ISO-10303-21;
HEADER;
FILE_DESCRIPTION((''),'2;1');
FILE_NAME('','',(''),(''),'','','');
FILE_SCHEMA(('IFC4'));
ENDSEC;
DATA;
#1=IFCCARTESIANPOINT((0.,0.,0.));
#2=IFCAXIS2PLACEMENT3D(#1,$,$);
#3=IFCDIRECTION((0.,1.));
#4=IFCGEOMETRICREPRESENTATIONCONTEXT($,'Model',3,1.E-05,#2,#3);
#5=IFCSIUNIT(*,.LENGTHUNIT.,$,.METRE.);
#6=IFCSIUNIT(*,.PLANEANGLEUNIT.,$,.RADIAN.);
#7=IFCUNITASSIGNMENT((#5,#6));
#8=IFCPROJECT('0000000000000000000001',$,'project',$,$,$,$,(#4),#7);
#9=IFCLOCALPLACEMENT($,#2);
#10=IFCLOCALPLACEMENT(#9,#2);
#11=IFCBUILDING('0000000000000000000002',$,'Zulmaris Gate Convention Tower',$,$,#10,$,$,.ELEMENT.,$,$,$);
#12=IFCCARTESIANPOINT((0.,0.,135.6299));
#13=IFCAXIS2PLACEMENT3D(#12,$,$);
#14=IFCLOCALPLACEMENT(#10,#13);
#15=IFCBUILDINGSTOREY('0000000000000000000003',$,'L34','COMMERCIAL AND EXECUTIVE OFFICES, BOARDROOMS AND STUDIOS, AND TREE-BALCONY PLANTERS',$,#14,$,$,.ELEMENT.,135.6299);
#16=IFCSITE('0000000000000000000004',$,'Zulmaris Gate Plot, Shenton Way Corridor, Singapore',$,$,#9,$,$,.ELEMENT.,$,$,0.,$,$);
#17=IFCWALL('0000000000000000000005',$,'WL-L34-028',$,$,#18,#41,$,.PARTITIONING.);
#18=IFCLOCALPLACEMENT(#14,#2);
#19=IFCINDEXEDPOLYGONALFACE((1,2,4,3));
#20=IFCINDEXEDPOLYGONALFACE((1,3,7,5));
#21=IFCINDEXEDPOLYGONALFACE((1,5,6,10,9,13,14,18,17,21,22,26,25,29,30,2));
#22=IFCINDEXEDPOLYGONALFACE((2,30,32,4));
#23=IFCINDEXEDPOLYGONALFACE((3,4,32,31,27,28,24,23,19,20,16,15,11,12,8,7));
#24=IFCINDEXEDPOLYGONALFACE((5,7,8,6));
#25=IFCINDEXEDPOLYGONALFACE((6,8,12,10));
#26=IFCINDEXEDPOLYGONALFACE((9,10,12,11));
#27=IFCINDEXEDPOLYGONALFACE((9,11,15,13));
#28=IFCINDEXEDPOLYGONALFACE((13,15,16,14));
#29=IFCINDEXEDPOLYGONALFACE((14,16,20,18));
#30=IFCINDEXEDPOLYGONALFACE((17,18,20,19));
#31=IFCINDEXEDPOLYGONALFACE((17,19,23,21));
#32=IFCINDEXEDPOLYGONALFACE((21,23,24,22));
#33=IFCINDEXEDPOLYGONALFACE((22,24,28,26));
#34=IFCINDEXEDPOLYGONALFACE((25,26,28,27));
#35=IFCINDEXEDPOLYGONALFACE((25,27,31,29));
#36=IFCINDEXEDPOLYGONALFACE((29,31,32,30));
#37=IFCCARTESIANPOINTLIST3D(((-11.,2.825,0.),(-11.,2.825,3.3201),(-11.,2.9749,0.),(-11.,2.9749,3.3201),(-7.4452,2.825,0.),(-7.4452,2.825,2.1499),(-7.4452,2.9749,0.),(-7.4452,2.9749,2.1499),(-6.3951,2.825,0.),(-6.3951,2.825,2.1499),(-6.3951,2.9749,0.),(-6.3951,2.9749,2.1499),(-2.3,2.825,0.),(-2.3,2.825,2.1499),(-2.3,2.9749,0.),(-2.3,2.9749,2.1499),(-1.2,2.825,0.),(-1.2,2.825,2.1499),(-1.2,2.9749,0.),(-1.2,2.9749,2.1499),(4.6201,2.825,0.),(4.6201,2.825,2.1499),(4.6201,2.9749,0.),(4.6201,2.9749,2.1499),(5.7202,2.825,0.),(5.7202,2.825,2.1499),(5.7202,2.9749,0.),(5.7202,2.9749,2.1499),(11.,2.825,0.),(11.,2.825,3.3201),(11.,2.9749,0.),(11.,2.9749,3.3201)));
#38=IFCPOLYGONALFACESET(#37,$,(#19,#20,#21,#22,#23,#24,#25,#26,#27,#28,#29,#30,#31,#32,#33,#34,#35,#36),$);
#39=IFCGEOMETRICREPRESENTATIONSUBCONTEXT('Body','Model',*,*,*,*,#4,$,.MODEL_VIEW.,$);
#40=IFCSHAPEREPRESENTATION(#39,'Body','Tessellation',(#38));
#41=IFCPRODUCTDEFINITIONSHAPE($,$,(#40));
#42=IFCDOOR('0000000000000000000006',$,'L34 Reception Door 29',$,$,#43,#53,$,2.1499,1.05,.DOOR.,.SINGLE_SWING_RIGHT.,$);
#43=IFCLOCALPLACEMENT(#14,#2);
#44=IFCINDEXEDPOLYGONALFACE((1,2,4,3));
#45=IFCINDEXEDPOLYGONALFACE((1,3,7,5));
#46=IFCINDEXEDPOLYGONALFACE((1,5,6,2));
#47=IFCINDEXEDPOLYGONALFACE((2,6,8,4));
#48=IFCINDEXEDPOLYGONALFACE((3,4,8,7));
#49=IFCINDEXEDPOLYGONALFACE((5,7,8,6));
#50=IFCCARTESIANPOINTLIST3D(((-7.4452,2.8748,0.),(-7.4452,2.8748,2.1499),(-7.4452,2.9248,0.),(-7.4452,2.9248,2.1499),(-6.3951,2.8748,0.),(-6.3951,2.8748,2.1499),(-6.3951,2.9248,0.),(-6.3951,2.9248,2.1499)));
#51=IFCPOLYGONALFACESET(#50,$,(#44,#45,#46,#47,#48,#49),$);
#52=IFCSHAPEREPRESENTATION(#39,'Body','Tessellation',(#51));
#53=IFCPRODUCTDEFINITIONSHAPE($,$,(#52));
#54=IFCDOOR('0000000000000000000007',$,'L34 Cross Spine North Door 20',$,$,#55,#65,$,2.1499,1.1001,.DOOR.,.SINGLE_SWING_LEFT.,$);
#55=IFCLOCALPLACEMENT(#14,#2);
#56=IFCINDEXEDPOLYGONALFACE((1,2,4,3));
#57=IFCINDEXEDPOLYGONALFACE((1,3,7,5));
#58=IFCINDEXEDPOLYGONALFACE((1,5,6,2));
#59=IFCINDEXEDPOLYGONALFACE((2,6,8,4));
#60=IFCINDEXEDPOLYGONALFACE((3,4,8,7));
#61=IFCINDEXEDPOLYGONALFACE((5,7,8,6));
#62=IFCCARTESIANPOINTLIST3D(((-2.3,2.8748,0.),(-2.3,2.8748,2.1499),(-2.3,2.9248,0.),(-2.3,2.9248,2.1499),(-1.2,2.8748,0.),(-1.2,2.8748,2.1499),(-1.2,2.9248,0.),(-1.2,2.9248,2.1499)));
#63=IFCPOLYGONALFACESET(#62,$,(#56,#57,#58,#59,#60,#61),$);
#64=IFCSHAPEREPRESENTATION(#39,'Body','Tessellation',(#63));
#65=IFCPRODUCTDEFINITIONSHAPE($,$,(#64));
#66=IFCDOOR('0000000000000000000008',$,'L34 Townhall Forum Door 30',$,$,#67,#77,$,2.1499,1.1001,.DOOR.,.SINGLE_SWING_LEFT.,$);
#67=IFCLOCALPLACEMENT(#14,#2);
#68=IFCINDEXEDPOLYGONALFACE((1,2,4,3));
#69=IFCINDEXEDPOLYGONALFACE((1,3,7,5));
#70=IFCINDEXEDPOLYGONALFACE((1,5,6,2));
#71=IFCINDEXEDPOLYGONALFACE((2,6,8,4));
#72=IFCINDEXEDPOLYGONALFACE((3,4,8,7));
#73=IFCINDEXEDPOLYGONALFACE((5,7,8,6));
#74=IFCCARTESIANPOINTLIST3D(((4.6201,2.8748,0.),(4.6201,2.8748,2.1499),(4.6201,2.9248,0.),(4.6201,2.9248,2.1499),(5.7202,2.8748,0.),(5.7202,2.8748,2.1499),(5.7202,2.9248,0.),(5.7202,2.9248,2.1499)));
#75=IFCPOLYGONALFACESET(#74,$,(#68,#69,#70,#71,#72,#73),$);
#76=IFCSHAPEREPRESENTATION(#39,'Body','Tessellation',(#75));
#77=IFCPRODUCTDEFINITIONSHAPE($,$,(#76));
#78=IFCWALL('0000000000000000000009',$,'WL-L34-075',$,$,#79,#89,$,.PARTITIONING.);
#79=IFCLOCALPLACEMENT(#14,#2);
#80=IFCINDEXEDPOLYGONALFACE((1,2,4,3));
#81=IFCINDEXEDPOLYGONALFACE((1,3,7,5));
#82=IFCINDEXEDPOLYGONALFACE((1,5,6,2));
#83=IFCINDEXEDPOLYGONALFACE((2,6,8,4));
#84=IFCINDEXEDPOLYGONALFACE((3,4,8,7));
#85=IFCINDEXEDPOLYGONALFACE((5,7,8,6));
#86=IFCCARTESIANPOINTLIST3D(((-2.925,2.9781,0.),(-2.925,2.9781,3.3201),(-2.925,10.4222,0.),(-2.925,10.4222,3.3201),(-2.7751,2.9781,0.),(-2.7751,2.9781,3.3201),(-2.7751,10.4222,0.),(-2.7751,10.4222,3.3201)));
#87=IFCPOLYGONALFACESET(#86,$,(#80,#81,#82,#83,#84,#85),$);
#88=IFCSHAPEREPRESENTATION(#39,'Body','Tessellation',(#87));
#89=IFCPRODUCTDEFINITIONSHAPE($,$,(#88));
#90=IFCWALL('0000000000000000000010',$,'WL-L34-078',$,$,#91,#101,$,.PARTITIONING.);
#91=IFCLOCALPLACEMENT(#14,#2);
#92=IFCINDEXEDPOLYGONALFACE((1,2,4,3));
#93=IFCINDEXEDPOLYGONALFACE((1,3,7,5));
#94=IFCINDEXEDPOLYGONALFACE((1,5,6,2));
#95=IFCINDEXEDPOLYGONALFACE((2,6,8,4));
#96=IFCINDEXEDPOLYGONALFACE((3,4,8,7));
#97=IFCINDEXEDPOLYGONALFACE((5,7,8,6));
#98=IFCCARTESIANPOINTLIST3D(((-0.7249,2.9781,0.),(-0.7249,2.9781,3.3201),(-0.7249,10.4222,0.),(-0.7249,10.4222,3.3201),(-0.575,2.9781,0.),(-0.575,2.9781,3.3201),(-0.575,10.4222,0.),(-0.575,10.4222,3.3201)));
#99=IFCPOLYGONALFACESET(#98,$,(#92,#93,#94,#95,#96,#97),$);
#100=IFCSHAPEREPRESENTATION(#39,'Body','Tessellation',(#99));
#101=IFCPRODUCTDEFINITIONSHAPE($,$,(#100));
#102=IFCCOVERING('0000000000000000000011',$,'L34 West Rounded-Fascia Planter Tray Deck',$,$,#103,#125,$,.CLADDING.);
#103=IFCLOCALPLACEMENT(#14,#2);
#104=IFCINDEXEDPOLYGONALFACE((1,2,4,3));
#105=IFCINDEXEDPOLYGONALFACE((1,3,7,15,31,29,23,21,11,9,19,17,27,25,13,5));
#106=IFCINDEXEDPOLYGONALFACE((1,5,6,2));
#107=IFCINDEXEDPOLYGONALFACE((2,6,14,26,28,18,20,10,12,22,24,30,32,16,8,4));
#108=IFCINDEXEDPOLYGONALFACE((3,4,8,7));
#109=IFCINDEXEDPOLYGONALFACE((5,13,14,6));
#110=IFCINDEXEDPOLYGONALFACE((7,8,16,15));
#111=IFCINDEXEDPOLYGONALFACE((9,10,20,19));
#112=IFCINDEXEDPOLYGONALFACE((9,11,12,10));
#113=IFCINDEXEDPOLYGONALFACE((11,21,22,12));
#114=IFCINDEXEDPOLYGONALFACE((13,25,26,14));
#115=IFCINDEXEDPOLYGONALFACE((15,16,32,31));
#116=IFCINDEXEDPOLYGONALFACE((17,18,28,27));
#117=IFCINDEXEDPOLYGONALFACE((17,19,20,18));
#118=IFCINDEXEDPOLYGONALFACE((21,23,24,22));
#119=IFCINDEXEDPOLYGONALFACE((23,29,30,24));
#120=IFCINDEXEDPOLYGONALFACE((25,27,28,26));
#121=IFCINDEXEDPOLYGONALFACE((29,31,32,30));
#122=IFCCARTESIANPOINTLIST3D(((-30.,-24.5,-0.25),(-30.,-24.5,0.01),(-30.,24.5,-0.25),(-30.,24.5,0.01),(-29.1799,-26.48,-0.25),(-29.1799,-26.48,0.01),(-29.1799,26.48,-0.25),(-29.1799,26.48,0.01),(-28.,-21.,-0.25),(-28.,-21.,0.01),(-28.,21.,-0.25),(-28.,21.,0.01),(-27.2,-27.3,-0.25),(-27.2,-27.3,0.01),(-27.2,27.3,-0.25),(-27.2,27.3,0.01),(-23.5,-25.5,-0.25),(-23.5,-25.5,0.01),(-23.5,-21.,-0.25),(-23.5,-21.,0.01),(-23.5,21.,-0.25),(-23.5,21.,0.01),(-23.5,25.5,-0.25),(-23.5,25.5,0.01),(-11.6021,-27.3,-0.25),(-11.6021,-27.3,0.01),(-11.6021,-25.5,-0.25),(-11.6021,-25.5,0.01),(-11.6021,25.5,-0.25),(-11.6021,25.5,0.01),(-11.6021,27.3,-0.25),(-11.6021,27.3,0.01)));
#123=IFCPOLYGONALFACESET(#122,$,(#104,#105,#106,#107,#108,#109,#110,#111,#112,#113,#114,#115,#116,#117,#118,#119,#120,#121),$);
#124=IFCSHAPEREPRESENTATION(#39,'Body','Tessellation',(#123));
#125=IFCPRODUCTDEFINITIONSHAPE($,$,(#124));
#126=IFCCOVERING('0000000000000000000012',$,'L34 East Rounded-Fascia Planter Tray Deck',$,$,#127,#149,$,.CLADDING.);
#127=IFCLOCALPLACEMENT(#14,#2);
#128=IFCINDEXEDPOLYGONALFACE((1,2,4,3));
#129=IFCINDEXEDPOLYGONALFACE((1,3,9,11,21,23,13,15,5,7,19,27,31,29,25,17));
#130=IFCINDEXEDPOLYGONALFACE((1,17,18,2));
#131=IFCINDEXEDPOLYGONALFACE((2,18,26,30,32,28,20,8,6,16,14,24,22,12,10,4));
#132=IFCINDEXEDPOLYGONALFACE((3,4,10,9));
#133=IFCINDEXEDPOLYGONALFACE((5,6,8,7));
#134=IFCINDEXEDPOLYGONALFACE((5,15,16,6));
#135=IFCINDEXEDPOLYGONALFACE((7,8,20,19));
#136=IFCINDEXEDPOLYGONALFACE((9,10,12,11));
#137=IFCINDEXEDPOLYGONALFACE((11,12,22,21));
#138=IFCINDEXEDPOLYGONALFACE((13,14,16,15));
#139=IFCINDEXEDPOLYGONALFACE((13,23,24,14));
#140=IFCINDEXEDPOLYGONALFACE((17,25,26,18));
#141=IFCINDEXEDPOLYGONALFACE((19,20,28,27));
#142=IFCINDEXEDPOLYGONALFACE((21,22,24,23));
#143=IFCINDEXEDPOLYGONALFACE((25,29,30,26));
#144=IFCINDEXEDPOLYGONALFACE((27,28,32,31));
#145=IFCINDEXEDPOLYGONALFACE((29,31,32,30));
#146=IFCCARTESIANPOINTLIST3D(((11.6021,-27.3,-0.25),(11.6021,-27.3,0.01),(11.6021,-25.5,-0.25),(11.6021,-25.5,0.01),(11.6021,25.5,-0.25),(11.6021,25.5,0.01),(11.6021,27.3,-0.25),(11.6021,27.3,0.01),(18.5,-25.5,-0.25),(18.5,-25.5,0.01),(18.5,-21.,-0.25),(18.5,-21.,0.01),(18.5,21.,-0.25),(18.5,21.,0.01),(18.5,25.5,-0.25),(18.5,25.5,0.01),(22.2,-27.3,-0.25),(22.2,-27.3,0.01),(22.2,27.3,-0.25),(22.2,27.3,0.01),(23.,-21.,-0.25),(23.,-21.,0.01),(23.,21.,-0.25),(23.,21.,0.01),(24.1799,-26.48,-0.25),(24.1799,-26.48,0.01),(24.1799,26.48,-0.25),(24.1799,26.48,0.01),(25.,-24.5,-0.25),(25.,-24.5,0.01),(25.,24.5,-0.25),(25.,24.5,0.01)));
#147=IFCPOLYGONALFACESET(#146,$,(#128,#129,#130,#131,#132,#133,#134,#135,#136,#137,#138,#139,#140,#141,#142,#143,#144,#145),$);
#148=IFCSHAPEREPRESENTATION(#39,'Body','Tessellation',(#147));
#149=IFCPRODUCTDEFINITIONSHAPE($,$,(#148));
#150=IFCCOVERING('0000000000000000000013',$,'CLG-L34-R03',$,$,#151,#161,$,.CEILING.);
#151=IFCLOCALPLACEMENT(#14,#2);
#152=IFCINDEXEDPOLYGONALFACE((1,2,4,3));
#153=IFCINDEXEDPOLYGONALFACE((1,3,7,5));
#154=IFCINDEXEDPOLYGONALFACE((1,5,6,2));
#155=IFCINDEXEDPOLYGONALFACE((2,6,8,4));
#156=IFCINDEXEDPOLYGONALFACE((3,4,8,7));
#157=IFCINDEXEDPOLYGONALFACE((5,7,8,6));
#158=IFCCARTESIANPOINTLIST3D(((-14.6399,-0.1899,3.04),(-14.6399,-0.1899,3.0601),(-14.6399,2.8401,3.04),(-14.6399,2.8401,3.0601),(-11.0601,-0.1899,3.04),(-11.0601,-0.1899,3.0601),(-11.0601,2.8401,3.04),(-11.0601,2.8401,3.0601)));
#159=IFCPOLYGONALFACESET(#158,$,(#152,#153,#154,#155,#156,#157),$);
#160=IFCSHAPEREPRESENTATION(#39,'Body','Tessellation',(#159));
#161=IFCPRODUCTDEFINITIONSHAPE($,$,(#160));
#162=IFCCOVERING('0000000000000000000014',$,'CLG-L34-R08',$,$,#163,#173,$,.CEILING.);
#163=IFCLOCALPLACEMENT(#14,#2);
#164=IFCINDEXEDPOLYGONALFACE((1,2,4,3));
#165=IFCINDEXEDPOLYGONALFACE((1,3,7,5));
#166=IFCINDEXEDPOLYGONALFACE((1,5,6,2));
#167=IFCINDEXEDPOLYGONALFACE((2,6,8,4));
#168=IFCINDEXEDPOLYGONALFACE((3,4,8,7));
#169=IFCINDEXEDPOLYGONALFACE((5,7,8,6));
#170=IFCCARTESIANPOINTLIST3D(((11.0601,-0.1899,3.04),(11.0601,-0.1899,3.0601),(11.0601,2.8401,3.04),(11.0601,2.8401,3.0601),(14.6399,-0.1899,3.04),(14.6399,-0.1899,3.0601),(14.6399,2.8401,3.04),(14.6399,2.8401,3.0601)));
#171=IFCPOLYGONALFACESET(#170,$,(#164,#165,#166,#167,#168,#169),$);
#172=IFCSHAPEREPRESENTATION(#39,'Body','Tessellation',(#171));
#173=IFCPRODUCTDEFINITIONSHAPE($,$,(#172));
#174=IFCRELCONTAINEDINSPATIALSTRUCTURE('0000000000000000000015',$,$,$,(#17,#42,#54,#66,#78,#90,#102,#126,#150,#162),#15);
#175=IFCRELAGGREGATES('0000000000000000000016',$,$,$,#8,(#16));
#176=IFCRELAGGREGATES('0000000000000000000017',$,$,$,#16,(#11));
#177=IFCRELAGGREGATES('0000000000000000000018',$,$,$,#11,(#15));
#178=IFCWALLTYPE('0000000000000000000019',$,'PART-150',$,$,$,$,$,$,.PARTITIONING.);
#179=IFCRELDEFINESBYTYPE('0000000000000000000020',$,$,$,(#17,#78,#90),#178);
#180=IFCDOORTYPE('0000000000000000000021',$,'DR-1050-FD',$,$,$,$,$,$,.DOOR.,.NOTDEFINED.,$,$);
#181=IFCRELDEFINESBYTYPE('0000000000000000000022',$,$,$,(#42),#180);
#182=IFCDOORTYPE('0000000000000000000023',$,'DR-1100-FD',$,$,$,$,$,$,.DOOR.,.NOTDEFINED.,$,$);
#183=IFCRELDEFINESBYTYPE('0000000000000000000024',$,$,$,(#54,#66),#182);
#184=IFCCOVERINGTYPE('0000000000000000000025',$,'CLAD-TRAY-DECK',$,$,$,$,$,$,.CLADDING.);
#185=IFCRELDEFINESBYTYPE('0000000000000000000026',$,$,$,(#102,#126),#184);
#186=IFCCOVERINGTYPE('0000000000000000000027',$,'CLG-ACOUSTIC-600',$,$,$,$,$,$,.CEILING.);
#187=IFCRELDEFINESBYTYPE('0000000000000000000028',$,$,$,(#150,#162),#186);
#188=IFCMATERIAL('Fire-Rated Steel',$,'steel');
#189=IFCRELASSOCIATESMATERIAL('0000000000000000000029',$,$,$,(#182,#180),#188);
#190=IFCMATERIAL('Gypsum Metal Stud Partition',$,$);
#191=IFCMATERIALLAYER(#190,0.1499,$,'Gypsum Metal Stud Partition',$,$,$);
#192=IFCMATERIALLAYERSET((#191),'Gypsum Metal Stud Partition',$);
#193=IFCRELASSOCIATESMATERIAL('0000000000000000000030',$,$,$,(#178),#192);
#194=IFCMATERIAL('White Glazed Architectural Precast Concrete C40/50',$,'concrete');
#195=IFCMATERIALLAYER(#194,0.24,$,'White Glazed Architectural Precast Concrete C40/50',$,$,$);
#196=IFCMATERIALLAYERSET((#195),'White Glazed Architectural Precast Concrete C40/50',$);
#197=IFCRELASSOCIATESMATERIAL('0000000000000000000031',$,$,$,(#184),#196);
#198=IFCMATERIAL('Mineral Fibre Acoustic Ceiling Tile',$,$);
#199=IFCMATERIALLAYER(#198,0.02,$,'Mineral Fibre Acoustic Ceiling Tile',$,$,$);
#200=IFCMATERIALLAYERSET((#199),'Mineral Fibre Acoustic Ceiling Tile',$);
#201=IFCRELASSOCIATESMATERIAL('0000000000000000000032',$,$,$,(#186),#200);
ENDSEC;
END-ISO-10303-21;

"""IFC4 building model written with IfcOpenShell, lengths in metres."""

from ifc_helpers import new_model, si_unit, direction, frame, frame_2d, origin, place, context, subcontext, project, spatial, polyline, rectangle, outline, extrude, material, layer, layer_set, type_object, element, fill, save


model = new_model("IFC4")

# Units and contexts
model_context = context("Model", 3, precision=1e-05, world=origin(), true_north=direction((0.0, 1.0)))
body_context = subcontext(model_context, "Body", "Model", "MODEL_VIEW")
ifc_project = project(units=[si_unit("LENGTHUNIT", "METRE"), si_unit("PLANEANGLEUNIT", "RADIAN")], contexts=[model_context])

# Site, building, storey
site_placement = place(None, origin())
site = spatial("IfcSite", under=ifc_project, at=site_placement, Name="Zulmaris Gate Plot, Shenton Way Corridor, Singapore", CompositionType="ELEMENT", RefElevation=0.0)
building_placement = place(site_placement, origin())
building = spatial("IfcBuilding", under=site, at=building_placement, Name="Zulmaris Gate Convention Tower", CompositionType="ELEMENT")
storey_placement = place(building_placement, frame((0.0, 0.0, 135.6299)))
storey = spatial("IfcBuildingStorey", under=building, at=storey_placement, Name="L34", Description="COMMERCIAL AND EXECUTIVE OFFICES, BOARDROOMS AND STUDIOS, AND TREE-BALCONY PLANTERS", CompositionType="ELEMENT", Elevation=135.6299)

# Shared definitions
ifc_material_1 = material(Name="Fire-Rated Steel", Category="steel")
door_type_1 = type_object("IfcDoorType", Name="DR-1100-FD", OperationType="NOTDEFINED", PredefinedType="DOOR", material=ifc_material_1)

# Wall, openings, doors
ifc_material_2 = material(Name="Gypsum Metal Stud Partition")
ifc_layer_1 = layer(ifc_material_2, 0.1499, Name="Gypsum Metal Stud Partition")
ifc_layer_set_1 = layer_set([ifc_layer_1], Name="Gypsum Metal Stud Partition")
wall_type_1 = type_object("IfcWallType", Name="PART-150", PredefinedType="PARTITIONING", material=ifc_layer_set_1)
wall_1_placement = place(storey_placement, frame((-11.0, 2.8999, 0.0), z_axis=(0.0, 0.0, 1.0), x_axis=(1.0, 0.0, 0.0)))
wall_1 = element("IfcWall", 1, at=wall_1_placement, inside=storey, type_object=wall_type_1, Name="WL-L34-028", PredefinedType="PARTITIONING", context=body_context, shape_type="SweptSolid", body=[
    extrude(rectangle(XDim=22.0, YDim=0.1499, at=frame_2d((11.0, 0.0))), origin(), (0.0, 0.0, 1.0), 3.3201),
])
opening_1_placement = place(wall_1_placement, frame((8.7, 0.0, 0.0)))
opening_1 = element("IfcOpeningElement", 2, at=opening_1_placement, cuts=wall_1, PredefinedType="OPENING", context=body_context, shape_type="SweptSolid", body=[
    extrude(rectangle(XDim=1.1001, YDim=2.1499, at=frame_2d((0.55, 1.075))), frame((0.0, 0.085, 0.0), z_axis=(0.0, -1.0, 0.0), x_axis=(1.0, 0.0, 0.0)), (0.0, 0.0, 1.0), 0.1699),
])
opening_2_placement = place(wall_1_placement, frame((3.5549, 0.0, 0.0)))
opening_2 = element("IfcOpeningElement", 3, at=opening_2_placement, cuts=wall_1, PredefinedType="OPENING", context=body_context, shape_type="SweptSolid", body=[
    extrude(rectangle(XDim=1.05, YDim=2.1499, at=frame_2d((0.5249, 1.075))), frame((0.0, 0.085, 0.0), z_axis=(0.0, -1.0, 0.0), x_axis=(1.0, 0.0, 0.0)), (0.0, 0.0, 1.0), 0.1699),
])
opening_3_placement = place(wall_1_placement, frame((15.6201, 0.0, 0.0)))
opening_3 = element("IfcOpeningElement", 4, at=opening_3_placement, cuts=wall_1, PredefinedType="OPENING", context=body_context, shape_type="SweptSolid", body=[
    extrude(rectangle(XDim=1.1001, YDim=2.1499, at=frame_2d((0.55, 1.075))), frame((0.0, 0.085, 0.0), z_axis=(0.0, -1.0, 0.0), x_axis=(1.0, 0.0, 0.0)), (0.0, 0.0, 1.0), 0.1699),
])
door_type_2 = type_object("IfcDoorType", Name="DR-1050-FD", OperationType="NOTDEFINED", PredefinedType="DOOR", material=ifc_material_1)
door_1_placement = place(opening_2_placement, origin())
door_1 = element("IfcDoor", 5, at=door_1_placement, inside=storey, type_object=door_type_2, Name="L34 Reception Door 29", OperationType="SINGLE_SWING_RIGHT", OverallHeight=2.1499, OverallWidth=1.05, PredefinedType="DOOR", context=body_context, shape_type="SweptSolid", body=[
    extrude(rectangle(XDim=1.05, YDim=2.1499, at=frame_2d((0.5249, 1.075))), frame((0.0, 0.0249, 0.0), z_axis=(0.0, -1.0, 0.0), x_axis=(1.0, 0.0, 0.0)), (0.0, 0.0, 1.0), 0.05),
])
fill(opening_2, door_1)
door_2_placement = place(opening_1_placement, origin())
door_2 = element("IfcDoor", 6, at=door_2_placement, inside=storey, type_object=door_type_1, Name="L34 Cross Spine North Door 20", OperationType="SINGLE_SWING_LEFT", OverallHeight=2.1499, OverallWidth=1.1001, PredefinedType="DOOR", context=body_context, shape_type="SweptSolid", body=[
    extrude(rectangle(XDim=1.1001, YDim=2.1499, at=frame_2d((0.55, 1.075))), frame((0.0, 0.0249, 0.0), z_axis=(0.0, -1.0, 0.0), x_axis=(1.0, 0.0, 0.0)), (0.0, 0.0, 1.0), 0.05),
])
fill(opening_1, door_2)
door_3_placement = place(opening_3_placement, origin())
door_3 = element("IfcDoor", 7, at=door_3_placement, inside=storey, type_object=door_type_1, Name="L34 Townhall Forum Door 30", OperationType="SINGLE_SWING_LEFT", OverallHeight=2.1499, OverallWidth=1.1001, PredefinedType="DOOR", context=body_context, shape_type="SweptSolid", body=[
    extrude(rectangle(XDim=1.1001, YDim=2.1499, at=frame_2d((0.55, 1.075))), frame((0.0, 0.0249, 0.0), z_axis=(0.0, -1.0, 0.0), x_axis=(1.0, 0.0, 0.0)), (0.0, 0.0, 1.0), 0.05),
])
fill(opening_3, door_3)

# Walls
for number, where, z_axis, x_axis, name in (
    (8, (-2.8501, 2.978, 0.0), (0.0, 0.0, 1.0), (0.0, 1.0, 0.0), "WL-L34-075"),
    (9, (-0.6499, 2.978, 0.0), (0.0, 0.0, 1.0), (0.0, 1.0, 0.0), "WL-L34-078"),
):
    element("IfcWall", number, at=place(storey_placement, frame(where, z_axis=z_axis, x_axis=x_axis)), inside=storey, type_object=wall_type_1, Name=name, PredefinedType="PARTITIONING", context=body_context, shape_type="SweptSolid", body=[
        extrude(rectangle(XDim=7.4441, YDim=0.1499, at=frame_2d((3.7222, 0.0))), origin(), (0.0, 0.0, 1.0), 3.3201),
    ])

# Coverings
ifc_material_3 = material(Name="White Glazed Architectural Precast Concrete C40/50", Category="concrete")
ifc_layer_2 = layer(ifc_material_3, 0.24, Name="White Glazed Architectural Precast Concrete C40/50")
ifc_layer_set_2 = layer_set([ifc_layer_2], Name="White Glazed Architectural Precast Concrete C40/50")
covering_type_1 = type_object("IfcCoveringType", Name="CLAD-TRAY-DECK", PredefinedType="CLADDING", material=ifc_layer_set_2)
covering_1_placement = place(storey_placement, frame((0.0, 0.0, -0.25)))
element("IfcCovering", 10, at=covering_1_placement, inside=storey, type_object=covering_type_1, Name="L34 West Rounded-Fascia Planter Tray Deck", PredefinedType="CLADDING", context=body_context, shape_type="SweptSolid", body=[
    extrude(outline(polyline([(-30.0, 24.5), (-29.1799, 26.48), (-27.2, 27.3), (-11.6021, 27.3), (-11.6021, 25.5), (-23.5, 25.5), (-23.5, 21.0), (-28.0, 21.0), (-28.0, -21.0), (-23.5, -21.0), (-23.5, -25.5), (-11.6021, -25.5), (-11.6021, -27.3), (-27.2, -27.3), (-29.1799, -26.48), (-30.0, -24.5), (-30.0, 24.5)])), origin(), (0.0, 0.0, 1.0), 0.26),
])
covering_2_placement = place(storey_placement, frame((0.0, 0.0, -0.25)))
element("IfcCovering", 11, at=covering_2_placement, inside=storey, type_object=covering_type_1, Name="L34 East Rounded-Fascia Planter Tray Deck", PredefinedType="CLADDING", context=body_context, shape_type="SweptSolid", body=[
    extrude(outline(polyline([(22.2, 27.3), (24.1799, 26.48), (25.0, 24.5), (25.0, -24.5), (24.1799, -26.48), (22.2, -27.3), (11.6021, -27.3), (11.6021, -25.5), (18.5, -25.5), (18.5, -21.0), (23.0, -21.0), (23.0, 21.0), (18.5, 21.0), (18.5, 25.5), (11.6021, 25.5), (11.6021, 27.3), (22.2, 27.3)])), origin(), (0.0, 0.0, 1.0), 0.26),
])
ifc_material_4 = material(Name="Mineral Fibre Acoustic Ceiling Tile")
ifc_layer_3 = layer(ifc_material_4, 0.02, Name="Mineral Fibre Acoustic Ceiling Tile")
ifc_layer_set_3 = layer_set([ifc_layer_3], Name="Mineral Fibre Acoustic Ceiling Tile")
covering_type_2 = type_object("IfcCoveringType", Name="CLG-ACOUSTIC-600", PredefinedType="CEILING", material=ifc_layer_set_3)
covering_3_placement = place(storey_placement, frame((0.0, 0.0, 3.04)))
element("IfcCovering", 12, at=covering_3_placement, inside=storey, type_object=covering_type_2, Name="CLG-L34-R03", PredefinedType="CEILING", context=body_context, shape_type="SweptSolid", body=[
    extrude(outline(polyline([(-14.6399, -0.1899), (-11.0601, -0.1899), (-11.0601, 2.8401), (-14.6399, 2.8401), (-14.6399, -0.1899)])), origin(), (0.0, 0.0, 1.0), 0.02),
])
covering_4_placement = place(storey_placement, frame((0.0, 0.0, 3.04)))
element("IfcCovering", 13, at=covering_4_placement, inside=storey, type_object=covering_type_2, Name="CLG-L34-R08", PredefinedType="CEILING", context=body_context, shape_type="SweptSolid", body=[
    extrude(outline(polyline([(11.0601, -0.1899), (14.6399, -0.1899), (14.6399, 2.8401), (11.0601, 2.8401), (11.0601, -0.1899)])), origin(), (0.0, 0.0, 1.0), 0.02),
])

save(model, "model.ifc")
